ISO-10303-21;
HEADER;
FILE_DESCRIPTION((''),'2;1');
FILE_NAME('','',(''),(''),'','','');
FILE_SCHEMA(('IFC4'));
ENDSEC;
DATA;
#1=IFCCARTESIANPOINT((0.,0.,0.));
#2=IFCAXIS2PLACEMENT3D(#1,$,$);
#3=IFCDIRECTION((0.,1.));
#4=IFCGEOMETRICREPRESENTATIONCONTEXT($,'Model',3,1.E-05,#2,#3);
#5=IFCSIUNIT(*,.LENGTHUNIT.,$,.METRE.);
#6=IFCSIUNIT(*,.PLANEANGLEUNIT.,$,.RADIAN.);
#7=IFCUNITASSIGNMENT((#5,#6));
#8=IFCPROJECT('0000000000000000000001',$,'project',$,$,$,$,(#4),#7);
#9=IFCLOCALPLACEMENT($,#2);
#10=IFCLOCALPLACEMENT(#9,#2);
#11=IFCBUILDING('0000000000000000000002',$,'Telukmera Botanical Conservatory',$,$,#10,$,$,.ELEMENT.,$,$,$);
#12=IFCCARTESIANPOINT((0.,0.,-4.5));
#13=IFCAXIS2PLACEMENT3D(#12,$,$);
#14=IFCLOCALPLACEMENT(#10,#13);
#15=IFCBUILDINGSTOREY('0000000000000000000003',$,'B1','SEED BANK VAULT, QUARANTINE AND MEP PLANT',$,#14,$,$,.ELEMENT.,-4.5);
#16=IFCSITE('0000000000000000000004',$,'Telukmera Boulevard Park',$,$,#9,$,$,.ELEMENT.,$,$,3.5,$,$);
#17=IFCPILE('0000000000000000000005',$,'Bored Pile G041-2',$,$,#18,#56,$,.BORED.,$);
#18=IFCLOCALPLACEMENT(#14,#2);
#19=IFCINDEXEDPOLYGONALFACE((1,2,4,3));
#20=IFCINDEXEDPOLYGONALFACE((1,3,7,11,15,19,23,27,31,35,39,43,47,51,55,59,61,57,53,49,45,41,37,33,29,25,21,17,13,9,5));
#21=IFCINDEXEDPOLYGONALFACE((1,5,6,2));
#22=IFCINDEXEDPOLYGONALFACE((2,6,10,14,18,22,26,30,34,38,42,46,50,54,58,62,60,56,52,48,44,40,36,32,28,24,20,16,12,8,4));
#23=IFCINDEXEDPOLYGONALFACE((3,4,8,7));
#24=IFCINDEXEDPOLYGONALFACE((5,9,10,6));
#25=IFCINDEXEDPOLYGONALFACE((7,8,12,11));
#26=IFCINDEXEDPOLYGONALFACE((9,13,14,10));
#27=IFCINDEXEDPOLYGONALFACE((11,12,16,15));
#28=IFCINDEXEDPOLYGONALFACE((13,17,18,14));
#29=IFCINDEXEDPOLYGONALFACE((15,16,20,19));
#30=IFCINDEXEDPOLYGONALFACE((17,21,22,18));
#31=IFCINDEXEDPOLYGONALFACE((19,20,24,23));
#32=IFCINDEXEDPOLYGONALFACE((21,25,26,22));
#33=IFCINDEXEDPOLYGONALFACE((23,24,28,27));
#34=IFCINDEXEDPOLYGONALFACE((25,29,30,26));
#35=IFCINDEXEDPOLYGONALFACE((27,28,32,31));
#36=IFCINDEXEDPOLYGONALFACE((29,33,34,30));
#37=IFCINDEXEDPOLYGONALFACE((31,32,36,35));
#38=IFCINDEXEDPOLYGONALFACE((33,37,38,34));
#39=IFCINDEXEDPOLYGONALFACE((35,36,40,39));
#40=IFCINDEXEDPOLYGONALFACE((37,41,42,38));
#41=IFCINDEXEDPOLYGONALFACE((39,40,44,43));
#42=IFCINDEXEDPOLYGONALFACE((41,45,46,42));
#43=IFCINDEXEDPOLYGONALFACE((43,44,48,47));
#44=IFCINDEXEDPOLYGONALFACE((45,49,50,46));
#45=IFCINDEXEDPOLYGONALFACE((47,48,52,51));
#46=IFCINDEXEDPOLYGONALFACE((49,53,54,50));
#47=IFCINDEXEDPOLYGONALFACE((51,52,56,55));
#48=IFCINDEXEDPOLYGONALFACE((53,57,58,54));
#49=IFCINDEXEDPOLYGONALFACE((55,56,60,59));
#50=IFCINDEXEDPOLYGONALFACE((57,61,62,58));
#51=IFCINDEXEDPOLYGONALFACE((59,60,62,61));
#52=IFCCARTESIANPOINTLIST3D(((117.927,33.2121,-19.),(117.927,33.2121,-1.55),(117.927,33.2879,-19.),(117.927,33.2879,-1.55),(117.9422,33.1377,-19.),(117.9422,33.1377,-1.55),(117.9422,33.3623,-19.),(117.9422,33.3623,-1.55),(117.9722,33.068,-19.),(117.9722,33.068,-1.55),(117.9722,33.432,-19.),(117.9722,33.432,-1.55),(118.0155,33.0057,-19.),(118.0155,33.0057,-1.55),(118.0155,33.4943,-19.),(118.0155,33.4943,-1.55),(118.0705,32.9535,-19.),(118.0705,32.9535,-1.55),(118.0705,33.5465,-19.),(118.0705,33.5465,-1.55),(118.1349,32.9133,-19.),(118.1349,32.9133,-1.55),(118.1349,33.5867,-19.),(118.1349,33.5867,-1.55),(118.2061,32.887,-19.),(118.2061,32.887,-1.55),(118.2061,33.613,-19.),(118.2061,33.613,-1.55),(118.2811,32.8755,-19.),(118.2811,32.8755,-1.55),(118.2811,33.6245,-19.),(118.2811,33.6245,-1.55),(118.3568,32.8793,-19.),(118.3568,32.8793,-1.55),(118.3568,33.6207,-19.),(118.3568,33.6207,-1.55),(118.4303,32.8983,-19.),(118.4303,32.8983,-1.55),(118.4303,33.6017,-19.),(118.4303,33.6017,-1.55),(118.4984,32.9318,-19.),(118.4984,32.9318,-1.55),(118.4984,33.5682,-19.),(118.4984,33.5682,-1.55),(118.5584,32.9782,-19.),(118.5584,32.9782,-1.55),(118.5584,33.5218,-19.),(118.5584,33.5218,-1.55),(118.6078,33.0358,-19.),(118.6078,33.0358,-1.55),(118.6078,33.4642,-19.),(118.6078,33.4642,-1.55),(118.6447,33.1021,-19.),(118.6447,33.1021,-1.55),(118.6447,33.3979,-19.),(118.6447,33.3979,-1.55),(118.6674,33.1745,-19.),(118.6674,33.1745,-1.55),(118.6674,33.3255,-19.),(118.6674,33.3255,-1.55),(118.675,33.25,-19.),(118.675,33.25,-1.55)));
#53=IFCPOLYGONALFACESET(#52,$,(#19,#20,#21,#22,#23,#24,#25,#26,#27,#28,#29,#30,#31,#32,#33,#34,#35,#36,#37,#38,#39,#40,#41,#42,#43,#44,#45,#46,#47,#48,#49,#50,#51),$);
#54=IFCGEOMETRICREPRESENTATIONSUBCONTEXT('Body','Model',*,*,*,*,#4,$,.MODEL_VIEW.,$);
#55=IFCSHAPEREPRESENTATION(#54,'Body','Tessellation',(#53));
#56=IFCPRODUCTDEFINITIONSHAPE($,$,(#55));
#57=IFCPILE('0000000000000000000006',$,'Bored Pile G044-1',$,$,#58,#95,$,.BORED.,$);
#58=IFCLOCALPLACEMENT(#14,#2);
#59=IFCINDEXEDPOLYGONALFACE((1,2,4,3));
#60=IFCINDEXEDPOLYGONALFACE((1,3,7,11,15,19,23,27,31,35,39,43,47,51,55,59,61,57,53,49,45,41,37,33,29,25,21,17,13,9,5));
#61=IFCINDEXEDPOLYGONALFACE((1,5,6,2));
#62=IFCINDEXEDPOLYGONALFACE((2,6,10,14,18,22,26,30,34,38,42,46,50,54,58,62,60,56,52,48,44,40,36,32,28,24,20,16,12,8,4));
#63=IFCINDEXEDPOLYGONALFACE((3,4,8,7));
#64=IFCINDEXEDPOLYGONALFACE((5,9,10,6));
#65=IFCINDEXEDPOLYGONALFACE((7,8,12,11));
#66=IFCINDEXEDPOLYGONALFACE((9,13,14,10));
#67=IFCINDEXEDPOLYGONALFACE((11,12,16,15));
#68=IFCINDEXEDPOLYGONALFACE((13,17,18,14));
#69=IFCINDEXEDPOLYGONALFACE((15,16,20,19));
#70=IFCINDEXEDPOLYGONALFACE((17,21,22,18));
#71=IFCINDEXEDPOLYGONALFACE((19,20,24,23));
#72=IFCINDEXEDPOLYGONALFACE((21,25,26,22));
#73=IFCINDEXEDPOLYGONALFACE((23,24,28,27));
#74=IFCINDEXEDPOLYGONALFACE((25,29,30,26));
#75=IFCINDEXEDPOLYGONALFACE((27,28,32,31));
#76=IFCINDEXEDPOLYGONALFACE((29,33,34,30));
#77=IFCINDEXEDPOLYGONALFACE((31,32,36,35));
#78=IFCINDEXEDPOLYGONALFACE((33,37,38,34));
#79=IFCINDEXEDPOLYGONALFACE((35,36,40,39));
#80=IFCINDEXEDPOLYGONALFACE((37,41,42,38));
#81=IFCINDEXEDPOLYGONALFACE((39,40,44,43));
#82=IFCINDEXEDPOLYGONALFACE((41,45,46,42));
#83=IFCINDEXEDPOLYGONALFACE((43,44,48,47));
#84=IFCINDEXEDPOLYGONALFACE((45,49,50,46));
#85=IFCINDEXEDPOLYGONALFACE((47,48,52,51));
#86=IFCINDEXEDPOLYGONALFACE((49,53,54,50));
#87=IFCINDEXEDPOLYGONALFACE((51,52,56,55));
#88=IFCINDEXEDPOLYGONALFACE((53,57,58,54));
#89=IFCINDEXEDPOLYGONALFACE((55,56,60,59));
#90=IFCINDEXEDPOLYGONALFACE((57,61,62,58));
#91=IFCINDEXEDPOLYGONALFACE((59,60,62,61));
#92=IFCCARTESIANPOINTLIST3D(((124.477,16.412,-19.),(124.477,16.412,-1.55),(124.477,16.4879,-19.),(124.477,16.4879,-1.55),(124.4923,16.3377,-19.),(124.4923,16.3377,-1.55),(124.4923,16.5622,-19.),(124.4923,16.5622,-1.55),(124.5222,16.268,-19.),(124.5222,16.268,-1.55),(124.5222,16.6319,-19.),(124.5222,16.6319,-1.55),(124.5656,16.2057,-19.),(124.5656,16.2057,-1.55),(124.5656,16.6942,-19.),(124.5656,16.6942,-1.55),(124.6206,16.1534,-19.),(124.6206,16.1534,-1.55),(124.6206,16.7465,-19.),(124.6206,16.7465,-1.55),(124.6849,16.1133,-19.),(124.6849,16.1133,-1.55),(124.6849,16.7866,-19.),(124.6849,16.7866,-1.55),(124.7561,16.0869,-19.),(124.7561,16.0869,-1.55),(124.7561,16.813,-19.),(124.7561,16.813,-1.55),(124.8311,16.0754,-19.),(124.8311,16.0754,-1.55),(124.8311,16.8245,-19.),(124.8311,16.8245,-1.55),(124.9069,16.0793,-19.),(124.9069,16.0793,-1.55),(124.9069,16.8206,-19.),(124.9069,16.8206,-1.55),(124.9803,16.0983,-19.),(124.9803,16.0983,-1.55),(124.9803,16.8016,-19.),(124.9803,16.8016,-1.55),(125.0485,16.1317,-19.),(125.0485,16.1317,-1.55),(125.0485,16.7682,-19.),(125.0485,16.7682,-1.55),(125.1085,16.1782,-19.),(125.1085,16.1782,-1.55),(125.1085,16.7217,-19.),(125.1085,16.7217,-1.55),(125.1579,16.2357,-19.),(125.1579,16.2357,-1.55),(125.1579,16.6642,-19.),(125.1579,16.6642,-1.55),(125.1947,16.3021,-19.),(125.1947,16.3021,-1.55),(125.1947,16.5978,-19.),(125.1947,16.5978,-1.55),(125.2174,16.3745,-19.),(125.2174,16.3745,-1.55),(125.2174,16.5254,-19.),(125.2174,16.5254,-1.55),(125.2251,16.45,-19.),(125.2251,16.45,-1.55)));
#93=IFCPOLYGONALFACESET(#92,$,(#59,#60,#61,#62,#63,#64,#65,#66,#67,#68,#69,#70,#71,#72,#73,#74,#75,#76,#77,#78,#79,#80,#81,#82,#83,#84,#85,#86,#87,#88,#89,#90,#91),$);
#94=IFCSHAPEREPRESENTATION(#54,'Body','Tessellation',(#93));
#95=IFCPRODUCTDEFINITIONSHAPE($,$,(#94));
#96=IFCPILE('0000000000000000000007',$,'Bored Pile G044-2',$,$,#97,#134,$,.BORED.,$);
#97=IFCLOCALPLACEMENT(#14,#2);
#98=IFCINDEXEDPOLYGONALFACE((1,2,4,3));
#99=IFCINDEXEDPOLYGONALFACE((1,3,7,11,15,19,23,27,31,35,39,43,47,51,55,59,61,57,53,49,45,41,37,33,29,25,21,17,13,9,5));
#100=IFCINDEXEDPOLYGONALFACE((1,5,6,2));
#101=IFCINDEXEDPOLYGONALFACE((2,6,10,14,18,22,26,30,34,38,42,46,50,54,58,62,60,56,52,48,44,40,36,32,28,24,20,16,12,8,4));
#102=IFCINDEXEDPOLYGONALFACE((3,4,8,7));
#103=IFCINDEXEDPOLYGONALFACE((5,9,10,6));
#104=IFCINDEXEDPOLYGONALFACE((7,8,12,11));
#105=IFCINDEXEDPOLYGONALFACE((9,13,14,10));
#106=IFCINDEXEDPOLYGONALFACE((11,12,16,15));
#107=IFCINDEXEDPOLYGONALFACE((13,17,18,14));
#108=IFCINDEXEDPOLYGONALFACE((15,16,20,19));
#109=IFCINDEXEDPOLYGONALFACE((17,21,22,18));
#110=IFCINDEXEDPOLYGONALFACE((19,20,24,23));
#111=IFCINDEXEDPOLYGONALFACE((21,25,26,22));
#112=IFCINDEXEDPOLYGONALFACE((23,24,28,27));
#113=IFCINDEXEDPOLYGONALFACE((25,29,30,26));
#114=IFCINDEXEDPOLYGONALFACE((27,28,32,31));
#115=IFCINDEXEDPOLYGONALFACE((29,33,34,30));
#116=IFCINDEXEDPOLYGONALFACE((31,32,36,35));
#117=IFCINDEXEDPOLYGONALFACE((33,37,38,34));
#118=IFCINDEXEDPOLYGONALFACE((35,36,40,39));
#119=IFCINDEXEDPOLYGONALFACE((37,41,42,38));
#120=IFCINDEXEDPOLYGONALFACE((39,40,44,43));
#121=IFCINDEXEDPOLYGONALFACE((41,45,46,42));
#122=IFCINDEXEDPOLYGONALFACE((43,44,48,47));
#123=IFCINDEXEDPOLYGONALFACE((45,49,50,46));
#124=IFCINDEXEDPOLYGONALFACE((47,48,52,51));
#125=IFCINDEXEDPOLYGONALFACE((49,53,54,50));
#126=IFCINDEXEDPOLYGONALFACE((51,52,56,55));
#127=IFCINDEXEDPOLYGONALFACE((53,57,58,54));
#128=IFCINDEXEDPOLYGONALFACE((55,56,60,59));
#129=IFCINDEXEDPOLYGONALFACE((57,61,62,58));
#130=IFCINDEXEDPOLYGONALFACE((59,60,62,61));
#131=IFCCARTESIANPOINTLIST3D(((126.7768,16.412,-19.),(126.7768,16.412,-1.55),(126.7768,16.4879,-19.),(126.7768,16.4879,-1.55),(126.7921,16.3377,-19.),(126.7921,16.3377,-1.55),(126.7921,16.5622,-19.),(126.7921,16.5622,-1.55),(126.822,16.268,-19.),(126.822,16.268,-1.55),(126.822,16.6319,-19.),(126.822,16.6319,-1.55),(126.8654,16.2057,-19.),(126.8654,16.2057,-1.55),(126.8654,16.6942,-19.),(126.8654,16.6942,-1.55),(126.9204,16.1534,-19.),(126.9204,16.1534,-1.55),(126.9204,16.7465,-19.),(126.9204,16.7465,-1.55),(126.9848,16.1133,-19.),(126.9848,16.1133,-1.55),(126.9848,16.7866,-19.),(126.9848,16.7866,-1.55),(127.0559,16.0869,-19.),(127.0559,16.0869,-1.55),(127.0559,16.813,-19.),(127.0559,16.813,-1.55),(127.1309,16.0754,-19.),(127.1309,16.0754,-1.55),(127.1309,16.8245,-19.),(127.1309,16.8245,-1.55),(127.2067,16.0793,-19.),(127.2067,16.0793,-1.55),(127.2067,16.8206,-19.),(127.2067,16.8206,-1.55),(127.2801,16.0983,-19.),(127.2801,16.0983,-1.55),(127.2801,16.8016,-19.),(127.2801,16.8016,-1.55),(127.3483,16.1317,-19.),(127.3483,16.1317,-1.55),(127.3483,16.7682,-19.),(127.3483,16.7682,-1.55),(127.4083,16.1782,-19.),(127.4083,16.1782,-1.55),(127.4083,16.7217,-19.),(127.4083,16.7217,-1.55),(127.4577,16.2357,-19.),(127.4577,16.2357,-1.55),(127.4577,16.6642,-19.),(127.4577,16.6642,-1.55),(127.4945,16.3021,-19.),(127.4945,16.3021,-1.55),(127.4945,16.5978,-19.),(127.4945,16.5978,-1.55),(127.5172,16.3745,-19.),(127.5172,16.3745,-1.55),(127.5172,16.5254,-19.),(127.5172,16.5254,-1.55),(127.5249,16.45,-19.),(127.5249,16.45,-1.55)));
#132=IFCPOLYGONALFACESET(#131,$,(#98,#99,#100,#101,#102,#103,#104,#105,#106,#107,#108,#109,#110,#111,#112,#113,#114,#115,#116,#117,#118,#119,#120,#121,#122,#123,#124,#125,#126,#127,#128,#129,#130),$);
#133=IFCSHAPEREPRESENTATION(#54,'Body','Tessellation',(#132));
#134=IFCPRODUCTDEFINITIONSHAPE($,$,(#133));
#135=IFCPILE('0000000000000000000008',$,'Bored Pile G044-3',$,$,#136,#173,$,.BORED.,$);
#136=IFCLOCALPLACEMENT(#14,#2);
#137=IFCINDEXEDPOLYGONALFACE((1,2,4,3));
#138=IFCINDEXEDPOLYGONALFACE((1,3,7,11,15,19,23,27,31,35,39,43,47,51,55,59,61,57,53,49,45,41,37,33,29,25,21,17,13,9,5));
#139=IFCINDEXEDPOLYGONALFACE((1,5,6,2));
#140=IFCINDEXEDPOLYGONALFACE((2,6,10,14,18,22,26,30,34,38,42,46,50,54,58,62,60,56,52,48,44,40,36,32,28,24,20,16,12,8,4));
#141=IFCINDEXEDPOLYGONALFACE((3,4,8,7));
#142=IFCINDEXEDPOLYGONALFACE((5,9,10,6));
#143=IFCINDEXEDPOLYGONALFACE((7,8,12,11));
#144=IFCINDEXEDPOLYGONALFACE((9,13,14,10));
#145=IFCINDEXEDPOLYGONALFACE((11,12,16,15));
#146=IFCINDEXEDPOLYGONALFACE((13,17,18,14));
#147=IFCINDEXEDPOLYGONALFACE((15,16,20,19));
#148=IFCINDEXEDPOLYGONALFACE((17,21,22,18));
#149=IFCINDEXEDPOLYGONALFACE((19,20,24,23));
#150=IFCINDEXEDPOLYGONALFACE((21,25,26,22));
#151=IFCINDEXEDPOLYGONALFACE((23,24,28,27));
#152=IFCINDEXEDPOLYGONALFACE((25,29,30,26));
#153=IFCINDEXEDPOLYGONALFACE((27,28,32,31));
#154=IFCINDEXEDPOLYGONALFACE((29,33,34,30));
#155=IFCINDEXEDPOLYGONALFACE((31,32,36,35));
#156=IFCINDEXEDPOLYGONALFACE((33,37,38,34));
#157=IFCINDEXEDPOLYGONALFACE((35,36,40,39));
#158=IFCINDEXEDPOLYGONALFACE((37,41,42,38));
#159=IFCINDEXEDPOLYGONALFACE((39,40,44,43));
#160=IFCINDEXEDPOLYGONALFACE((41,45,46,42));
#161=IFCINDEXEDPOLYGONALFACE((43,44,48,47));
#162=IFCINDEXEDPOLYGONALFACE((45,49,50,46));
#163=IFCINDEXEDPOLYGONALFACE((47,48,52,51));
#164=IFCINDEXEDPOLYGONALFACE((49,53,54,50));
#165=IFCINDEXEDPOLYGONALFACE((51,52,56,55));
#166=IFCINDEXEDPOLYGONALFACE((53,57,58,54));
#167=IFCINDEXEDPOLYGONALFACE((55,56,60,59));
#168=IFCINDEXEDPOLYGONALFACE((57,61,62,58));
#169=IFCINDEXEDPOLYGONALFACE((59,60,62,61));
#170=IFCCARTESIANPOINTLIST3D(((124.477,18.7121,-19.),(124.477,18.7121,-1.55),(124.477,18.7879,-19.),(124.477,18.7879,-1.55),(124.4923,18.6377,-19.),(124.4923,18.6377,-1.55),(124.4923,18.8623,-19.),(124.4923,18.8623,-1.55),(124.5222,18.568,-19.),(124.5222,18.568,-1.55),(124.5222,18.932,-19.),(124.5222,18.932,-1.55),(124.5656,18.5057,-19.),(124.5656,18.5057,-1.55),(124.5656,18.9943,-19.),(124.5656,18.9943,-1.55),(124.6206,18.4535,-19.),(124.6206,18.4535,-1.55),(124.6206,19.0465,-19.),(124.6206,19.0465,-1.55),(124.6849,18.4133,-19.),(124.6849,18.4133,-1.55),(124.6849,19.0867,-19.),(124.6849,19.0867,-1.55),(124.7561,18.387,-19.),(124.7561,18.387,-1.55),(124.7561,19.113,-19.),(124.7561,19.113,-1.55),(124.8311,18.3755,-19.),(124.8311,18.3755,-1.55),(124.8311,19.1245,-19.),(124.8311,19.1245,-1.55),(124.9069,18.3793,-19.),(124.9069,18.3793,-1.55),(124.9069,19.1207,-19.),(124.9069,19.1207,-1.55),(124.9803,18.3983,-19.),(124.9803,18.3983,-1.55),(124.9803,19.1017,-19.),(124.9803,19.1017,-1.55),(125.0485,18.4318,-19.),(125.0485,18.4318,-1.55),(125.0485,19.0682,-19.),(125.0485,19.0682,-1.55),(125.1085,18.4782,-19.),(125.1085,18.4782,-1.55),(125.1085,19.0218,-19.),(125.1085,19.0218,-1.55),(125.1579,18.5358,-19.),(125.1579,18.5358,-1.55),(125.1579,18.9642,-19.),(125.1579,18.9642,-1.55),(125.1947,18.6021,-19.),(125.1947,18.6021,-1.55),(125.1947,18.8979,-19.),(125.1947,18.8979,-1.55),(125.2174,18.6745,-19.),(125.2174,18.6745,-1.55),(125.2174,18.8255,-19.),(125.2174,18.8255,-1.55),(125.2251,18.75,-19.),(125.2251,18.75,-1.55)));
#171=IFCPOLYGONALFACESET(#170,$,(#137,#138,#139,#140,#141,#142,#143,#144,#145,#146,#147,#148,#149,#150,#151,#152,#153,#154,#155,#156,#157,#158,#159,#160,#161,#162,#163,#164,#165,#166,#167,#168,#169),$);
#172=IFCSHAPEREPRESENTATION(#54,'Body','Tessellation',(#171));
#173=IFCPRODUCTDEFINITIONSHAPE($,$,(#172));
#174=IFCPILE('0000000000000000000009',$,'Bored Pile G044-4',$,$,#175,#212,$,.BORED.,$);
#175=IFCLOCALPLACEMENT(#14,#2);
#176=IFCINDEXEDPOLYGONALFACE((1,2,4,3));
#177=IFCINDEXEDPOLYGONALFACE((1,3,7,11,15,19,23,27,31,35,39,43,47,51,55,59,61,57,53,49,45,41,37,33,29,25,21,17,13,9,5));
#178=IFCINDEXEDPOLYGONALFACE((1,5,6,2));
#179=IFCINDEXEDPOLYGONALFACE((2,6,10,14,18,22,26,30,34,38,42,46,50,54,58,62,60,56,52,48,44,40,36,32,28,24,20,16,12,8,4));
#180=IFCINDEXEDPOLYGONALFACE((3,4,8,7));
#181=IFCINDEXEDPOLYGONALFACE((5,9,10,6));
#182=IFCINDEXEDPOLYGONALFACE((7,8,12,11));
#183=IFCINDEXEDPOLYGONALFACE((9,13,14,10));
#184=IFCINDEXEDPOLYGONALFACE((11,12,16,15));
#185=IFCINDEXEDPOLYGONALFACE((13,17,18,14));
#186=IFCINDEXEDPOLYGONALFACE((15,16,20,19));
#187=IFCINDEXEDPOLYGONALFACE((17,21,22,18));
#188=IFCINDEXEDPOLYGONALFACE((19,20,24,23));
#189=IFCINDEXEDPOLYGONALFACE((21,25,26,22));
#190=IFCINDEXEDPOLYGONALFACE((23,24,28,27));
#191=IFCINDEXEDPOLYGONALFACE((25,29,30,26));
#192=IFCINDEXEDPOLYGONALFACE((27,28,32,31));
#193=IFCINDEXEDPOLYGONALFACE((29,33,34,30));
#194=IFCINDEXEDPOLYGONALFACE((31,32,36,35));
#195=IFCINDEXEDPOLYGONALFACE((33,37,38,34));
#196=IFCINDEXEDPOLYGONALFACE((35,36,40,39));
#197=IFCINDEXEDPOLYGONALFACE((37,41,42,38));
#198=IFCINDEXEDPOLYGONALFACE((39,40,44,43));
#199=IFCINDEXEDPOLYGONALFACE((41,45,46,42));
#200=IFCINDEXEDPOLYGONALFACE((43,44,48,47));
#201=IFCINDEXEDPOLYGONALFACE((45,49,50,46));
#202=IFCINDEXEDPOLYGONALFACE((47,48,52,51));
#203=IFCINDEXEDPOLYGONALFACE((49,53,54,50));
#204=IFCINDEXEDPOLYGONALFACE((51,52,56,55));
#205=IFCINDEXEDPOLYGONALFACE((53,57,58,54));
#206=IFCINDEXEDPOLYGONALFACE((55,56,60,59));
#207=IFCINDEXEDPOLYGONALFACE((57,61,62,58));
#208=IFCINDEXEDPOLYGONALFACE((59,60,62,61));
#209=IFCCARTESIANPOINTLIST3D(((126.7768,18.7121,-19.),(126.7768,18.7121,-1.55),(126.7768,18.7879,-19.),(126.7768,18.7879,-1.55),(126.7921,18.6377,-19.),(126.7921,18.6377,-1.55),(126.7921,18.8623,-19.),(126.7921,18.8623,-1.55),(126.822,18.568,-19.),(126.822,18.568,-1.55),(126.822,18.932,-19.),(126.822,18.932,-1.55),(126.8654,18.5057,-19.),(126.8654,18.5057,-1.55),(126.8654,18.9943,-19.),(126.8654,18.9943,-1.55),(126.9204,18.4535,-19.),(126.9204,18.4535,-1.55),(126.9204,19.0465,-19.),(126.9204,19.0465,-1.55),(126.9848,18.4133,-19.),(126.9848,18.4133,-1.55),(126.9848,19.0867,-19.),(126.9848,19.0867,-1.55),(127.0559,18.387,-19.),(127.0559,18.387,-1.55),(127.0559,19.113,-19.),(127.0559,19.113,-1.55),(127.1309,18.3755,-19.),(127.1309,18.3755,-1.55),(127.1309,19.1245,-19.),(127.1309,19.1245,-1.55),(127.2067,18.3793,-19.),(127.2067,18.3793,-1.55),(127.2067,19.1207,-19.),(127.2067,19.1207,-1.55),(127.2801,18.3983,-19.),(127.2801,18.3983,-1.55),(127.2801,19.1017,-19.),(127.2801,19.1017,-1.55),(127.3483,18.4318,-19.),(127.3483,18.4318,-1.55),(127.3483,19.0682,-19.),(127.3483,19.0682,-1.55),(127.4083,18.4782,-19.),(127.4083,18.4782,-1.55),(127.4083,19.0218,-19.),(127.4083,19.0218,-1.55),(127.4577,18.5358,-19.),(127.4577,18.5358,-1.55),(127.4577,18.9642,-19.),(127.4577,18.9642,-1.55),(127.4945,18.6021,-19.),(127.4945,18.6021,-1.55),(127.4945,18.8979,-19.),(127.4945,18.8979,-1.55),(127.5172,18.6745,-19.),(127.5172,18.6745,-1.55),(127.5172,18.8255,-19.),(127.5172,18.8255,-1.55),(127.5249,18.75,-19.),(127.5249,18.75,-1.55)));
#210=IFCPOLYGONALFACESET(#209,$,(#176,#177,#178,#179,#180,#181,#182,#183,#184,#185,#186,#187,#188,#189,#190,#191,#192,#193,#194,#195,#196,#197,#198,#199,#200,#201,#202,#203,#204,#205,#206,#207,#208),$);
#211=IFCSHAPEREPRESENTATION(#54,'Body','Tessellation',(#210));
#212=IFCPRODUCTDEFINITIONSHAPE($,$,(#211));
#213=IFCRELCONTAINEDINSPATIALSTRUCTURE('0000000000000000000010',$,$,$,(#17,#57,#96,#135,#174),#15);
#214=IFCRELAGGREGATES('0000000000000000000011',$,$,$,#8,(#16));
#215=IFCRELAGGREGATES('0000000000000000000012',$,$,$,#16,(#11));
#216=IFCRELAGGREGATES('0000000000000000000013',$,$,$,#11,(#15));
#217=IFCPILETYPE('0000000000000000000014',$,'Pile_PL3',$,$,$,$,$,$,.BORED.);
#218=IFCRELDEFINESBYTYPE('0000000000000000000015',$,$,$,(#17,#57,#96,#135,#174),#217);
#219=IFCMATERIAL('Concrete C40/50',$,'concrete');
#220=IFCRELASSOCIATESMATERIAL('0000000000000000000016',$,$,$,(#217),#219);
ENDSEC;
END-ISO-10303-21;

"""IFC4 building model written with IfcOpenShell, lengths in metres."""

from ifc_helpers import new_model, si_unit, direction, frame, origin, origin_2d, place, context, subcontext, project, spatial, circle, extrude, material, material_profile, profile_set, type_object, element, save


model = new_model("IFC4")

# Units and contexts
model_context = context("Model", 3, precision=1e-05, world=origin(), true_north=direction((0.0, 1.0)))
body_context = subcontext(model_context, "Body", "Model", "MODEL_VIEW")
ifc_project = project(units=[si_unit("LENGTHUNIT", "METRE"), si_unit("PLANEANGLEUNIT", "RADIAN")], contexts=[model_context])

# Site, building, storey
site_placement = place(None, origin())
site = spatial("IfcSite", under=ifc_project, at=site_placement, Name="Telukmera Boulevard Park", CompositionType="ELEMENT", RefElevation=3.5)
building_placement = place(site_placement, origin())
building = spatial("IfcBuilding", under=site, at=building_placement, Name="Telukmera Botanical Conservatory", CompositionType="ELEMENT")
storey_placement = place(building_placement, frame((0.0, 0.0, -4.5)))
storey = spatial("IfcBuildingStorey", under=building, at=storey_placement, Name="B1", Description="SEED BANK VAULT, QUARANTINE AND MEP PLANT", CompositionType="ELEMENT", Elevation=-4.5)

# Shared definitions
ifc_material_1 = material(Name="Concrete C40/50", Category="concrete")

# Piles
ifc_material_profile_1 = material_profile(ifc_material_1, circle(Radius=0.375, at=origin_2d()), Name="PILE D750")
ifc_profile_set_1 = profile_set([ifc_material_profile_1], Name="Concrete C40/50")
pile_type = type_object("IfcPileType", Name="Pile_PL3", PredefinedType="BORED", material=ifc_profile_set_1)
for number, where, z_axis, x_axis, name in (
    (1, (118.3, 33.25, -1.55), (0.0, 0.0, -1.0), (1.0, 0.0, 0.0), "Bored Pile G041-2"),
    (2, (124.8501, 16.45, -1.55), (0.0, 0.0, -1.0), (1.0, 0.0, 0.0), "Bored Pile G044-1"),
    (3, (127.1499, 16.45, -1.55), (0.0, 0.0, -1.0), (1.0, 0.0, 0.0), "Bored Pile G044-2"),
    (4, (124.8501, 18.75, -1.55), (0.0, 0.0, -1.0), (1.0, 0.0, 0.0), "Bored Pile G044-3"),
    (5, (127.1499, 18.75, -1.55), (0.0, 0.0, -1.0), (1.0, 0.0, 0.0), "Bored Pile G044-4"),
):
    element("IfcPile", number, at=place(storey_placement, frame(where, z_axis=z_axis, x_axis=x_axis)), inside=storey, type_object=pile_type, Name=name, PredefinedType="BORED", context=body_context, shape_type="SweptSolid", body=[
        extrude(circle(Radius=0.375, at=origin_2d()), origin(), (0.0, 0.0, 1.0), 17.45),
    ])

save(model, "model.ifc")
